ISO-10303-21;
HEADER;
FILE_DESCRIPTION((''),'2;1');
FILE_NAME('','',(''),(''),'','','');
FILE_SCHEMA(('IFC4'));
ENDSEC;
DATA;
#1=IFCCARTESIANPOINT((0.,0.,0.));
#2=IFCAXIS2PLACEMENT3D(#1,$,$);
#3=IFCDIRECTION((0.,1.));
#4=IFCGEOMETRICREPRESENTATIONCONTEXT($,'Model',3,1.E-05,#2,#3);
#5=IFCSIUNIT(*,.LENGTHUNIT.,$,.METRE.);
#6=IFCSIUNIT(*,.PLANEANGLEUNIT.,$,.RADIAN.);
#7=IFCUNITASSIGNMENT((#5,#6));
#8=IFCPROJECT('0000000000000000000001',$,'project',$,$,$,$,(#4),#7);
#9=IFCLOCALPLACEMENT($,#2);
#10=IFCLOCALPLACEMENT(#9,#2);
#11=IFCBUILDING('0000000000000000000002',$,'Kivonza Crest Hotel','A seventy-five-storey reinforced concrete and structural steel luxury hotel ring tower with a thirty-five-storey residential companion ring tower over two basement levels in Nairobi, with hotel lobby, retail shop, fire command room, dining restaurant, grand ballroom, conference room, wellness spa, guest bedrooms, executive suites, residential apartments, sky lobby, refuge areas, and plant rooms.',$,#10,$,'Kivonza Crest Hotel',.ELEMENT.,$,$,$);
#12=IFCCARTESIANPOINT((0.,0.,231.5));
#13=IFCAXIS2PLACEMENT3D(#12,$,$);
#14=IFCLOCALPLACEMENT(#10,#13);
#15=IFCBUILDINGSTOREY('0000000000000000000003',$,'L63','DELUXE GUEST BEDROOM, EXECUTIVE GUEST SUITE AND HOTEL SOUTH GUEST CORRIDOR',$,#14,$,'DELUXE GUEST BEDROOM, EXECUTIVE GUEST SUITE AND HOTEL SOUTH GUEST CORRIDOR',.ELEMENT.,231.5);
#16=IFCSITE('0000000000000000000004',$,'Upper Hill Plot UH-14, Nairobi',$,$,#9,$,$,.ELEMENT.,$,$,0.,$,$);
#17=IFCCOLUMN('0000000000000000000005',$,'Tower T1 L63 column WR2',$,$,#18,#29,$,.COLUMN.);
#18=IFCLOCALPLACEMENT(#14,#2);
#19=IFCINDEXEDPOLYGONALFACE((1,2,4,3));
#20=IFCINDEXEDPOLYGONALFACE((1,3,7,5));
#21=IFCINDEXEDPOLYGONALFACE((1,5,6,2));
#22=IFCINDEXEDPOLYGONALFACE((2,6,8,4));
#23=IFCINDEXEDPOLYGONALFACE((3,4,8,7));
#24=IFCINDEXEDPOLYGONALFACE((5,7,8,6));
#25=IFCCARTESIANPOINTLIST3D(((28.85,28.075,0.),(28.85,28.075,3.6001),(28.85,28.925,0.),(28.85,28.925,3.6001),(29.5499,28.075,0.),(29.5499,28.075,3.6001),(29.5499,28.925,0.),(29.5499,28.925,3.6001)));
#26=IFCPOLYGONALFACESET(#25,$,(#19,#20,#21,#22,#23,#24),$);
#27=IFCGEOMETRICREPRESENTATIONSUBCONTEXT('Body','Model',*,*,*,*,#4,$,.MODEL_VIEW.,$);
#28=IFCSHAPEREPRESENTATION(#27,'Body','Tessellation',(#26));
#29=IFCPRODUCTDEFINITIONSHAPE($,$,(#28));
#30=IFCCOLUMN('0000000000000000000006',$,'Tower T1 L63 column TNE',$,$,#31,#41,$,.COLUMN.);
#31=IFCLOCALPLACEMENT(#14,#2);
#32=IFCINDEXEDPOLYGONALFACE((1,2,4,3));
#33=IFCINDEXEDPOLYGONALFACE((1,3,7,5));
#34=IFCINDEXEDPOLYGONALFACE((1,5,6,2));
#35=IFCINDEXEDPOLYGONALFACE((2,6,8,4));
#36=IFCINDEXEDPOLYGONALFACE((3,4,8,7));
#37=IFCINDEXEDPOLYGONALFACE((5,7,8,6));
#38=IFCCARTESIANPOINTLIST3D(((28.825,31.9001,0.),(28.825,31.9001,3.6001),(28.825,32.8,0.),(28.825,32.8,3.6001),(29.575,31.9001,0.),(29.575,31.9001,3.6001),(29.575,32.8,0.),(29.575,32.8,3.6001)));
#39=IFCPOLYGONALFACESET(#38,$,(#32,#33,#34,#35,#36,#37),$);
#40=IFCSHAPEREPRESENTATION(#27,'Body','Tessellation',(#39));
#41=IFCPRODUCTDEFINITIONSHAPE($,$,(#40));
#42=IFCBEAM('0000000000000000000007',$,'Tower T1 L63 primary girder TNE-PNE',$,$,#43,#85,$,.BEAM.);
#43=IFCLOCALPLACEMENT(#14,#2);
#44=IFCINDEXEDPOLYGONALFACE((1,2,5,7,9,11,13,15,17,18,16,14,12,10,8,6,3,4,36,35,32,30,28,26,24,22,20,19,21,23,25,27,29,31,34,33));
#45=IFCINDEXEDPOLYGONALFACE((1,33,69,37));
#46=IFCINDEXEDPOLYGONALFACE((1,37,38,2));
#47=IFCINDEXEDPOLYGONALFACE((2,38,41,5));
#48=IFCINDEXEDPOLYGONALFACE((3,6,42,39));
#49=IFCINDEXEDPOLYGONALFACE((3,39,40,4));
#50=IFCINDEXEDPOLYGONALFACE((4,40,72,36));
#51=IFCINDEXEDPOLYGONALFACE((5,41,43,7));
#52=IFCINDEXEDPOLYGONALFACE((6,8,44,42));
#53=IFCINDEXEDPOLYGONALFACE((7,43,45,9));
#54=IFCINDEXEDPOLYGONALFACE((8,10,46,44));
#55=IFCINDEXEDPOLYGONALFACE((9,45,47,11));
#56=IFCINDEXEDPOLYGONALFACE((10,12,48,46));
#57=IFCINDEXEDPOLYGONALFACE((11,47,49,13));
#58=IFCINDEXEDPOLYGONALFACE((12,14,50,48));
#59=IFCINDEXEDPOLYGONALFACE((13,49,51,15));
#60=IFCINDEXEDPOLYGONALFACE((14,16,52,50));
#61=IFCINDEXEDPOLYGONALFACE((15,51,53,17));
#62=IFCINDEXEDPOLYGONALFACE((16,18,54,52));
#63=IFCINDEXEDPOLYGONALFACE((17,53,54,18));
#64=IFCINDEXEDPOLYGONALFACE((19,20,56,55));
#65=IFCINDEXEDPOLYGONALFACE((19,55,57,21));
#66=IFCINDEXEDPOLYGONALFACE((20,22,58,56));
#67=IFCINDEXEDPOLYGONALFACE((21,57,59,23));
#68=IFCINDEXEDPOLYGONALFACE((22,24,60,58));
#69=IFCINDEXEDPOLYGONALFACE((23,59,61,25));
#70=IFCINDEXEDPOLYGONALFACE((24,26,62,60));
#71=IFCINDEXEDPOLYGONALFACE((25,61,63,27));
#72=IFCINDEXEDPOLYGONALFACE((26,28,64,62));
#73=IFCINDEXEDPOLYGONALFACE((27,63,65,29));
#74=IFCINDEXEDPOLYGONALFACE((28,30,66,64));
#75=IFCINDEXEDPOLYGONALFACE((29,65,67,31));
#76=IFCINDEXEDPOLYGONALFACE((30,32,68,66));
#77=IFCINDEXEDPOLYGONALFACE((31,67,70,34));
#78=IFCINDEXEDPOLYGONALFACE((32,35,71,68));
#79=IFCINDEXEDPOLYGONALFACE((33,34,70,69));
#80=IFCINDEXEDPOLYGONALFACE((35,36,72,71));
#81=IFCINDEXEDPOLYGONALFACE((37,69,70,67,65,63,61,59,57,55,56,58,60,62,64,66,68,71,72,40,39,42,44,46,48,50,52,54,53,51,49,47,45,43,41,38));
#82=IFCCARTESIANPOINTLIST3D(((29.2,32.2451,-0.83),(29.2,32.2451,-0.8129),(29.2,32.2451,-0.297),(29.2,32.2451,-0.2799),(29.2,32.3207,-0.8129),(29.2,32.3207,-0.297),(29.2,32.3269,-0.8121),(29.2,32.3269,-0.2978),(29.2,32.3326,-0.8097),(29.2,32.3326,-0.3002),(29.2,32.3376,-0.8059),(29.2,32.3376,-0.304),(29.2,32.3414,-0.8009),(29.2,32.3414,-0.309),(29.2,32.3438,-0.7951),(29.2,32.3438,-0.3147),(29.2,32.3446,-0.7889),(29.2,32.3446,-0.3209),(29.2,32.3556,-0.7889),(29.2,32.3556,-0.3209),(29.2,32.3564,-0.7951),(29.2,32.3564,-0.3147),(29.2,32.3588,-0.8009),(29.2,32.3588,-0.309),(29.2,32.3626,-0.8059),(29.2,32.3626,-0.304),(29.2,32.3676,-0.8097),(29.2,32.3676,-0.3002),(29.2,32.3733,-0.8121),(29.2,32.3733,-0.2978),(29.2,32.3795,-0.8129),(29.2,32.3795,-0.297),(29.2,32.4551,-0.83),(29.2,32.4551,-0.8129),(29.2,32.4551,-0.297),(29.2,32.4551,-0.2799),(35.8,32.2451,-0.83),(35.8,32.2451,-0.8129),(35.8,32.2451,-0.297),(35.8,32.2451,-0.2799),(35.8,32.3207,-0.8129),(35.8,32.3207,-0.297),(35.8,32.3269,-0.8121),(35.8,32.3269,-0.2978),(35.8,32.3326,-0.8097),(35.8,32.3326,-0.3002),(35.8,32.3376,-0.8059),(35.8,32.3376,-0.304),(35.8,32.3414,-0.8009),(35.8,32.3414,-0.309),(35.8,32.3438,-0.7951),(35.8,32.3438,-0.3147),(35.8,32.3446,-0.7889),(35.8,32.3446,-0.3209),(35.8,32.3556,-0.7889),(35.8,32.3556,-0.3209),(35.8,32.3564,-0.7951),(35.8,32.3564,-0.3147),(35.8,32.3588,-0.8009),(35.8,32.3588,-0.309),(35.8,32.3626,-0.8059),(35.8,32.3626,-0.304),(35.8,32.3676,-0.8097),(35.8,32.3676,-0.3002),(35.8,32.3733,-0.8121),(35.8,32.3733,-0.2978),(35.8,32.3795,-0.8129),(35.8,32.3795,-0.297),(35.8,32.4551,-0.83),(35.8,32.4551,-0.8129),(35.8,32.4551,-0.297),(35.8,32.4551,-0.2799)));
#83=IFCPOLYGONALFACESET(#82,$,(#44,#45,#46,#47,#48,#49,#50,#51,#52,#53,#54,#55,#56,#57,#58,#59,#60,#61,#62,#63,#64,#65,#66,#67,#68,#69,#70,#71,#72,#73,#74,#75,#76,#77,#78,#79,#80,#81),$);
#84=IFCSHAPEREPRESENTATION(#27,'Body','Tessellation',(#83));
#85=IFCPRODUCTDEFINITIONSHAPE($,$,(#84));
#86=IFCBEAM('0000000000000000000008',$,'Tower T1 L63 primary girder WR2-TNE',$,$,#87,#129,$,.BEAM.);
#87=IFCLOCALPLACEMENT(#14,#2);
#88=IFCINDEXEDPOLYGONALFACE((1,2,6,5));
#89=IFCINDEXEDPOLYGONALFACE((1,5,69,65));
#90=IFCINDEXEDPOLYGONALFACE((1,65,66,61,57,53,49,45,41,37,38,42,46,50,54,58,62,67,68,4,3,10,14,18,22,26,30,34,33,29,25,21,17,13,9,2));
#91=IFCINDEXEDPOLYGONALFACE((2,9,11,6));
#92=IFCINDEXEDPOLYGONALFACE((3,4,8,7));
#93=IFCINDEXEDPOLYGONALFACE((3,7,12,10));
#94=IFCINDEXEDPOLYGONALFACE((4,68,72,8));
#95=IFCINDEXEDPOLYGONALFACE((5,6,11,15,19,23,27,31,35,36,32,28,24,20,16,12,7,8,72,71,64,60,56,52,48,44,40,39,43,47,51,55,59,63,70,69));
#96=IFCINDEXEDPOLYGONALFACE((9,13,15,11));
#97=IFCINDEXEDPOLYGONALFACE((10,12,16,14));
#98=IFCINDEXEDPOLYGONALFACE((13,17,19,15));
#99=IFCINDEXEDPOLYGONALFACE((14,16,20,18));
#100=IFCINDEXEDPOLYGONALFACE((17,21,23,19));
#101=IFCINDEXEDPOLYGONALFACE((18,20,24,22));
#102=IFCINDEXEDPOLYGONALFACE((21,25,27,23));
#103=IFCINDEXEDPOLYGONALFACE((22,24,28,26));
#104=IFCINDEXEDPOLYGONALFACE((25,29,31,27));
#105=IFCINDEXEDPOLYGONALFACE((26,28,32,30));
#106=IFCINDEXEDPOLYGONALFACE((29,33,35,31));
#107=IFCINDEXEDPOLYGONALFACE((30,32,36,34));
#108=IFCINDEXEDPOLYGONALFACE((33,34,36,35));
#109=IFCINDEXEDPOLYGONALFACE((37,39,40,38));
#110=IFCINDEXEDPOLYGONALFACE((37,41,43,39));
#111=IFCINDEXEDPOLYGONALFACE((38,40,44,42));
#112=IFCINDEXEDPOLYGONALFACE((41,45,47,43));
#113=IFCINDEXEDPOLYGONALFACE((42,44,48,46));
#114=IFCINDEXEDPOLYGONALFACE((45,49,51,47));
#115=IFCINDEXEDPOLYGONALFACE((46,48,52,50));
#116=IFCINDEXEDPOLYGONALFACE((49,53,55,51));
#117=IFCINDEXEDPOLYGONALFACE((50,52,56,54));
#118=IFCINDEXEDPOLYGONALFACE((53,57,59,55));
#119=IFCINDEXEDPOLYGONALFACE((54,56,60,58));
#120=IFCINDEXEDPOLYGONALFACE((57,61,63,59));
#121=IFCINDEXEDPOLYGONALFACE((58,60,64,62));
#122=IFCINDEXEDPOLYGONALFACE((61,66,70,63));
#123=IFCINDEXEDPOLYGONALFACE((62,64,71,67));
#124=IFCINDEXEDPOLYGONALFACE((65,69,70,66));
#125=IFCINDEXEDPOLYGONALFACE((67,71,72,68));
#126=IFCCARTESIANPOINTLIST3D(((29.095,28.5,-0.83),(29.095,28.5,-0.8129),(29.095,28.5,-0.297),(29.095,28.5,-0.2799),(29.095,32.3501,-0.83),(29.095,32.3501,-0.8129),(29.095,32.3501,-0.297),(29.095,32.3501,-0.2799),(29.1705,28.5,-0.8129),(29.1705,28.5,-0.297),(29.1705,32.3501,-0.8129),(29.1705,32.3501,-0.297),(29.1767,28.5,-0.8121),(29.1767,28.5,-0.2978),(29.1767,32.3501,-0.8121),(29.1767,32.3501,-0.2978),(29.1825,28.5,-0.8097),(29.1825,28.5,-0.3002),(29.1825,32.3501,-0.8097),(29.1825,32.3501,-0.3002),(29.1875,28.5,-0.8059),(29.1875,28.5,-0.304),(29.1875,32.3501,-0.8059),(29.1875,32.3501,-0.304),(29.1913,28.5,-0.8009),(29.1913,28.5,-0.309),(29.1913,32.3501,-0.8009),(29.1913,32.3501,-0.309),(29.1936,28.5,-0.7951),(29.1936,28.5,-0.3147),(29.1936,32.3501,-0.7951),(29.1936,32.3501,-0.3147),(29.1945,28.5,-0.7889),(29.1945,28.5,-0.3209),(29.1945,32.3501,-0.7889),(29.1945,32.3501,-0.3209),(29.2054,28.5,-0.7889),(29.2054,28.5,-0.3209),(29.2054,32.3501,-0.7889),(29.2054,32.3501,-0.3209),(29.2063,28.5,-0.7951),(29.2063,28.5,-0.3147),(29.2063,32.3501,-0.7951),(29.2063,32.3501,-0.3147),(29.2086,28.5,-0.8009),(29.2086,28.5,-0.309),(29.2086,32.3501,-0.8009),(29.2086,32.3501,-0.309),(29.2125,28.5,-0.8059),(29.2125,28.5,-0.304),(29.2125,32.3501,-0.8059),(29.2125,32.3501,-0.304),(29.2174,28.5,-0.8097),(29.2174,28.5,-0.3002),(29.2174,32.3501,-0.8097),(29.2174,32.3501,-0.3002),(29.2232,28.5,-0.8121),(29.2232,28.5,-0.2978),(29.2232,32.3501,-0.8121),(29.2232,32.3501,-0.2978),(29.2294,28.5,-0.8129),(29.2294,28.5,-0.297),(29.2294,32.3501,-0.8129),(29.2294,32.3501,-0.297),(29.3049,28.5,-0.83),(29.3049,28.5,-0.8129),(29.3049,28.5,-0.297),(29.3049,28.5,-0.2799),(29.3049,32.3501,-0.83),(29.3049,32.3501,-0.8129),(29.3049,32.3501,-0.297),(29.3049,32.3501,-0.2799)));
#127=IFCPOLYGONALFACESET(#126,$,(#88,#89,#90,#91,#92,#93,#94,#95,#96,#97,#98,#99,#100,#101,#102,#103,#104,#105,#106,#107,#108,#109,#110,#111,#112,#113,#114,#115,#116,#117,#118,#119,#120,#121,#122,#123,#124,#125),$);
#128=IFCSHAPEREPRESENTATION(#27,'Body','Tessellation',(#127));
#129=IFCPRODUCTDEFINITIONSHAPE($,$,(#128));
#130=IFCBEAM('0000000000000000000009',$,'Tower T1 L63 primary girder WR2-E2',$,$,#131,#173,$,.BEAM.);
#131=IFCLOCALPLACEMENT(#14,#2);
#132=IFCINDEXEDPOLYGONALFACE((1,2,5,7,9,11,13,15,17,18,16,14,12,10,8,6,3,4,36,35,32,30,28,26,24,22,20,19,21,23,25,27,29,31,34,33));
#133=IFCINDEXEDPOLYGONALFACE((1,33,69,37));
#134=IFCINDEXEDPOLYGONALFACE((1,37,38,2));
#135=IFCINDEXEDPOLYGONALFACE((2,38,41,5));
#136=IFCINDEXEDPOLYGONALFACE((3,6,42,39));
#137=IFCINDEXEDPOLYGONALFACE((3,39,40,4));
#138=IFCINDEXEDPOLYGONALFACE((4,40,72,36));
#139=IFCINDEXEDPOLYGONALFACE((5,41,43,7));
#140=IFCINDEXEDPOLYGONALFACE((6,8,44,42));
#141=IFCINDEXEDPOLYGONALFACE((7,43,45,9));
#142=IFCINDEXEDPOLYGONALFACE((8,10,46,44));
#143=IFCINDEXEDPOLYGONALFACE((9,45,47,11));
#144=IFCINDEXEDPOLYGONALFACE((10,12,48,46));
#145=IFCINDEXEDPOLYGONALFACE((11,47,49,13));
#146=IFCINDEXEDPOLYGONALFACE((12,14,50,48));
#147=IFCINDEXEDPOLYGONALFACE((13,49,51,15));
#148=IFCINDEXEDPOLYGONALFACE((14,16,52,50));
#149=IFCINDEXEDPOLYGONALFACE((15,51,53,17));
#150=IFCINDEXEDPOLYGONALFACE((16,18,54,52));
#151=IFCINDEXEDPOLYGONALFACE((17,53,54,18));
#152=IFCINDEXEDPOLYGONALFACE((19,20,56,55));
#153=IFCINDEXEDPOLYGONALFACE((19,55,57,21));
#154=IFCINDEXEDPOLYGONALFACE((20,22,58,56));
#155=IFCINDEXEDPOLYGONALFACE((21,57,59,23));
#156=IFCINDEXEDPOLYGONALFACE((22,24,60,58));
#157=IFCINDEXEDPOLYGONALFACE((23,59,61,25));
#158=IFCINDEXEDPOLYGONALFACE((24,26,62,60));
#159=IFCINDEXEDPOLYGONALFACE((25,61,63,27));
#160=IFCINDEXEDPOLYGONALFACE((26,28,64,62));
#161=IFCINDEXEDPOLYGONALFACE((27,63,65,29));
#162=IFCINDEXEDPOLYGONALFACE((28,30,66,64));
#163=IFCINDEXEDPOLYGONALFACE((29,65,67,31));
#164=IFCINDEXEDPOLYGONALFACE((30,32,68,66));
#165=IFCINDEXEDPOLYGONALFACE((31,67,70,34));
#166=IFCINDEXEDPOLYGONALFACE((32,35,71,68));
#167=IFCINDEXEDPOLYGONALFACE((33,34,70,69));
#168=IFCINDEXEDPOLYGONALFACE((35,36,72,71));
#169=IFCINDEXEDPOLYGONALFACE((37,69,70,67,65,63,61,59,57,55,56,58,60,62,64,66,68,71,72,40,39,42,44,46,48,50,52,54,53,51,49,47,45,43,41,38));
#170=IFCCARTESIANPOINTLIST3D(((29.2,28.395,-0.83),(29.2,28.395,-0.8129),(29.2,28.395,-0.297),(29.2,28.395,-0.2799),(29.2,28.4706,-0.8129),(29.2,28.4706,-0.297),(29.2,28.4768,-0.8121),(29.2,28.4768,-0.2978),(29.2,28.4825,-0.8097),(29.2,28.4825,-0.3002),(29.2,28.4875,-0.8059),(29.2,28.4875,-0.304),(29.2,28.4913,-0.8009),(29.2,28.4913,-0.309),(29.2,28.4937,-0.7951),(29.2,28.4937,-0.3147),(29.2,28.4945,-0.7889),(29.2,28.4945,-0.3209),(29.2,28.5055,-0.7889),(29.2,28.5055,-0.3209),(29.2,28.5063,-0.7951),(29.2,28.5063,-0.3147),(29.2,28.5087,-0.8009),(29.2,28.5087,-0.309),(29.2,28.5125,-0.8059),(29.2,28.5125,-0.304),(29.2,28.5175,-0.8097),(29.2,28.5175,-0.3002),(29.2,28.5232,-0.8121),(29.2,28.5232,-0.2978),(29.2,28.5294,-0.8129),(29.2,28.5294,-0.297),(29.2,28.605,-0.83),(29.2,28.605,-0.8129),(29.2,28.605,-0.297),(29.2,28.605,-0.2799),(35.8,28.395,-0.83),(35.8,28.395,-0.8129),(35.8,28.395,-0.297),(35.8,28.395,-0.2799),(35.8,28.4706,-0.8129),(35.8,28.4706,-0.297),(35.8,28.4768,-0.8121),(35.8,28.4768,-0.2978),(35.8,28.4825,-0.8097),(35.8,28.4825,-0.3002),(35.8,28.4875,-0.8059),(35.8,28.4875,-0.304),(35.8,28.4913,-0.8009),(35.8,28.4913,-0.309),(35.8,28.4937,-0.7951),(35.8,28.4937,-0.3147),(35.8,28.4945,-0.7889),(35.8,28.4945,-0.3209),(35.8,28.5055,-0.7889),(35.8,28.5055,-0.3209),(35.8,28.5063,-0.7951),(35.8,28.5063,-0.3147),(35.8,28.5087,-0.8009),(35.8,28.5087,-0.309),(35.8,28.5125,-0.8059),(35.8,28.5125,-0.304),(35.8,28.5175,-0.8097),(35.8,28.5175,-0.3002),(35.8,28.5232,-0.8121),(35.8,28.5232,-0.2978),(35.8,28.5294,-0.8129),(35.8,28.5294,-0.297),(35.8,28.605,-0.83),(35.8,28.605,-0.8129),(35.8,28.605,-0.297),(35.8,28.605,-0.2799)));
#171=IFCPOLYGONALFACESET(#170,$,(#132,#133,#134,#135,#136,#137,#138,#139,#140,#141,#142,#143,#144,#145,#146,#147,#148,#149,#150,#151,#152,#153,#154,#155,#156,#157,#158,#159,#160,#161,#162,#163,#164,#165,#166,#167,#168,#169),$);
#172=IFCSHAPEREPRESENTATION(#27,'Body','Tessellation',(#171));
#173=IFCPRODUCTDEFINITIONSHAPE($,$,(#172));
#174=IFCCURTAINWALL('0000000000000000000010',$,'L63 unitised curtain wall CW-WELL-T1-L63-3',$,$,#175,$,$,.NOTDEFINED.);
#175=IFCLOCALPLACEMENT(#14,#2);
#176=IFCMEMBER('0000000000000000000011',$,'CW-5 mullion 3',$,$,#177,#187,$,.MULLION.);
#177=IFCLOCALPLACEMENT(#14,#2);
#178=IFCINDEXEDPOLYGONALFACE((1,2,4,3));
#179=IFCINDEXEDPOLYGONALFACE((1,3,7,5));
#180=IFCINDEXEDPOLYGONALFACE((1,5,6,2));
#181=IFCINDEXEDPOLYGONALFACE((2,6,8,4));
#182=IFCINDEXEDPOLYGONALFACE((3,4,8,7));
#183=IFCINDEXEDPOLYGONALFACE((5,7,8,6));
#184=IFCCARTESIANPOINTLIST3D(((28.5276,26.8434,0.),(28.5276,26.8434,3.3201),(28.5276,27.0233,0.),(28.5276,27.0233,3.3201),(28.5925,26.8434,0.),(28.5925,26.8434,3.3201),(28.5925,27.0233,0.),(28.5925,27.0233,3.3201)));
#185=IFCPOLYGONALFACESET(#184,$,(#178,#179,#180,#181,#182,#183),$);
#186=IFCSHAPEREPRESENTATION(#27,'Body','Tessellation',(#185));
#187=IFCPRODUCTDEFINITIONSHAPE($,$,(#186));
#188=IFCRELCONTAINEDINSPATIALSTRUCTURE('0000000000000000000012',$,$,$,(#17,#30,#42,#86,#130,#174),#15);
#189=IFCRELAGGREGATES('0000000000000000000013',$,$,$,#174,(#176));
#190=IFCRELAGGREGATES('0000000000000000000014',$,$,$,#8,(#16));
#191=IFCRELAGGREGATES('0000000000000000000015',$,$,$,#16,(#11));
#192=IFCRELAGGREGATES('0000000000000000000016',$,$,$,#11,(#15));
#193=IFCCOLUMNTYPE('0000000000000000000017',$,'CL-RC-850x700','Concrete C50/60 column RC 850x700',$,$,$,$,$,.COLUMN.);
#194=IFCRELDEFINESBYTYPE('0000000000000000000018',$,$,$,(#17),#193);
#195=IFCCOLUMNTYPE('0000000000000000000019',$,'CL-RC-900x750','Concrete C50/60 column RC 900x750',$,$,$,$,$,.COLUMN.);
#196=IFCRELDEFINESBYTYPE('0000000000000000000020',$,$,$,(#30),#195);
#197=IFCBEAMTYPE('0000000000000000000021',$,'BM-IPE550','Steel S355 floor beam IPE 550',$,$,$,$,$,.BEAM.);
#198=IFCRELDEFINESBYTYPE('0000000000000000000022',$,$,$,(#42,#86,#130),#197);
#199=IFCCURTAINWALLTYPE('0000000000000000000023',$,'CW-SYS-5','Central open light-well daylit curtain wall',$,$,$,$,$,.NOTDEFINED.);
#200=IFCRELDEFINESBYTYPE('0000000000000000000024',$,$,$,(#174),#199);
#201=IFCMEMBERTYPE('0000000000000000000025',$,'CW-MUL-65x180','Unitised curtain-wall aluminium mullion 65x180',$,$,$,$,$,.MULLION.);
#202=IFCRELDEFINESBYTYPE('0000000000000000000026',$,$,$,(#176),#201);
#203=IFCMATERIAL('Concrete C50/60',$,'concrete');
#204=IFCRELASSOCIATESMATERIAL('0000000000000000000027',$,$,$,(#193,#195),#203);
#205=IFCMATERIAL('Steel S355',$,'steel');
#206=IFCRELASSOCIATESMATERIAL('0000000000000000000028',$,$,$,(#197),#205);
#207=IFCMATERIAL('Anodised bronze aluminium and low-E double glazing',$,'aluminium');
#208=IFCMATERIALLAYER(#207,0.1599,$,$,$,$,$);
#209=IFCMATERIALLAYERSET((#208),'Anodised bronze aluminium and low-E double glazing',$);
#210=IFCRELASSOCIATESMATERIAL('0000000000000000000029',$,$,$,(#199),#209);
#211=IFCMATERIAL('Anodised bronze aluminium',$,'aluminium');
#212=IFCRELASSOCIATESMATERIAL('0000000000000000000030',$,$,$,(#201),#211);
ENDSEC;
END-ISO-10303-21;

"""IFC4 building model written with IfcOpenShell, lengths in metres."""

from ifc_helpers import new_model, si_unit, direction, frame, origin, origin_2d, place, context, subcontext, project, spatial, rectangle, i_section, extrude, material, layer, layer_set, material_profile, profile_set, type_object, element, aggregate, save


model = new_model("IFC4")

# Units and contexts
model_context = context("Model", 3, precision=1e-05, world=origin(), true_north=direction((0.0, 1.0)))
body_context = subcontext(model_context, "Body", "Model", "MODEL_VIEW")
ifc_project = project(units=[si_unit("LENGTHUNIT", "METRE"), si_unit("PLANEANGLEUNIT", "RADIAN")], contexts=[model_context])

# Site, building, storey
site_placement = place(None, origin())
site = spatial("IfcSite", under=ifc_project, at=site_placement, Name="Upper Hill Plot UH-14, Nairobi", CompositionType="ELEMENT", RefElevation=0.0)
building_placement = place(site_placement, origin())
building = spatial("IfcBuilding", under=site, at=building_placement, Name="Kivonza Crest Hotel", Description="A seventy-five-storey reinforced concrete and structural steel luxury hotel ring tower with a thirty-five-storey residential companion ring tower over two basement levels in Nairobi, with hotel lobby, retail shop, fire command room, dining restaurant, grand ballroom, conference room, wellness spa, guest bedrooms, executive suites, residential apartments, sky lobby, refuge areas, and plant rooms.", LongName="Kivonza Crest Hotel", CompositionType="ELEMENT")
storey_placement = place(building_placement, frame((0.0, 0.0, 231.5)))
storey = spatial("IfcBuildingStorey", under=building, at=storey_placement, Name="L63", Description="DELUXE GUEST BEDROOM, EXECUTIVE GUEST SUITE AND HOTEL SOUTH GUEST CORRIDOR", LongName="DELUXE GUEST BEDROOM, EXECUTIVE GUEST SUITE AND HOTEL SOUTH GUEST CORRIDOR", CompositionType="ELEMENT", Elevation=231.5)

# Columns
ifc_material_1 = material(Name="Concrete C50/60", Category="concrete")
ifc_material_profile_1 = material_profile(ifc_material_1, rectangle(XDim=0.7, YDim=0.8501, at=origin_2d()), Name="RC 850x700")
ifc_profile_set_1 = profile_set([ifc_material_profile_1], Name="Concrete C50/60")
column_type_1 = type_object("IfcColumnType", Name="CL-RC-850x700", Description="Concrete C50/60 column RC 850x700", PredefinedType="COLUMN", material=ifc_profile_set_1)
column_1_placement = place(storey_placement, frame((29.2, 28.5, 0.0), z_axis=(0.0, 0.0, 1.0), x_axis=(1.0, 0.0, 0.0)))
element("IfcColumn", 1, at=column_1_placement, inside=storey, type_object=column_type_1, Name="Tower T1 L63 column WR2", PredefinedType="COLUMN", context=body_context, shape_type="SweptSolid", body=[
    extrude(rectangle(XDim=0.7, YDim=0.8501, at=origin_2d()), origin(), (0.0, 0.0, 1.0), 3.6001),
])
ifc_material_profile_2 = material_profile(ifc_material_1, rectangle(XDim=0.75, YDim=0.8999, at=origin_2d()), Name="RC 900x750")
ifc_profile_set_2 = profile_set([ifc_material_profile_2], Name="Concrete C50/60")
column_type_2 = type_object("IfcColumnType", Name="CL-RC-900x750", Description="Concrete C50/60 column RC 900x750", PredefinedType="COLUMN", material=ifc_profile_set_2)
column_2_placement = place(storey_placement, frame((29.2, 32.3501, 0.0), z_axis=(0.0, 0.0, 1.0), x_axis=(1.0, 0.0, 0.0)))
element("IfcColumn", 2, at=column_2_placement, inside=storey, type_object=column_type_2, Name="Tower T1 L63 column TNE", PredefinedType="COLUMN", context=body_context, shape_type="SweptSolid", body=[
    extrude(rectangle(XDim=0.75, YDim=0.8999, at=origin_2d()), origin(), (0.0, 0.0, 1.0), 3.6001),
])

# Beams
ifc_material_2 = material(Name="Steel S355", Category="steel")
ifc_material_profile_3 = material_profile(ifc_material_2, i_section(OverallWidth=0.21, OverallDepth=0.55, WebThickness=0.011, FlangeThickness=0.0171, FilletRadius=0.0239, at=origin_2d()), Name="IPE 550")
ifc_profile_set_3 = profile_set([ifc_material_profile_3], Name="Steel S355")
beam_type = type_object("IfcBeamType", Name="BM-IPE550", Description="Steel S355 floor beam IPE 550", PredefinedType="BEAM", material=ifc_profile_set_3)
beam_1_placement = place(storey_placement, frame((29.2, 32.3501, -0.5549), z_axis=(1.0, 0.0, 0.0), x_axis=(0.0, 1.0, 0.0)))
element("IfcBeam", 3, at=beam_1_placement, inside=storey, type_object=beam_type, Name="Tower T1 L63 primary girder TNE-PNE", PredefinedType="BEAM", context=body_context, shape_type="SweptSolid", body=[
    extrude(i_section(OverallWidth=0.21, OverallDepth=0.55, WebThickness=0.011, FlangeThickness=0.0171, FilletRadius=0.0239, at=origin_2d()), origin(), (0.0, 0.0, 1.0), 6.6001),
])
beam_2_placement = place(storey_placement, frame((29.2, 28.5, -0.5549), z_axis=(0.0, 1.0, 0.0), x_axis=(-1.0, 0.0, 0.0)))
element("IfcBeam", 4, at=beam_2_placement, inside=storey, type_object=beam_type, Name="Tower T1 L63 primary girder WR2-TNE", PredefinedType="BEAM", context=body_context, shape_type="SweptSolid", body=[
    extrude(i_section(OverallWidth=0.21, OverallDepth=0.55, WebThickness=0.011, FlangeThickness=0.0171, FilletRadius=0.0239, at=origin_2d()), origin(), (0.0, 0.0, 1.0), 3.8501),
])
beam_3_placement = place(storey_placement, frame((29.2, 28.5, -0.5549), z_axis=(1.0, 0.0, 0.0), x_axis=(0.0, 1.0, 0.0)))
element("IfcBeam", 5, at=beam_3_placement, inside=storey, type_object=beam_type, Name="Tower T1 L63 primary girder WR2-E2", PredefinedType="BEAM", context=body_context, shape_type="SweptSolid", body=[
    extrude(i_section(OverallWidth=0.21, OverallDepth=0.55, WebThickness=0.011, FlangeThickness=0.0171, FilletRadius=0.0239, at=origin_2d()), origin(), (0.0, 0.0, 1.0), 6.6001),
])

# Curtain wall, member
ifc_material_3 = material(Name="Anodised bronze aluminium and low-E double glazing", Category="aluminium")
ifc_layer_1 = layer(ifc_material_3, 0.1599)
ifc_layer_set_1 = layer_set([ifc_layer_1], Name="Anodised bronze aluminium and low-E double glazing")
curtain_wall_type = type_object("IfcCurtainWallType", Name="CW-SYS-5", Description="Central open light-well daylit curtain wall", PredefinedType="NOTDEFINED", material=ifc_layer_set_1)
curtain_wall_placement = place(storey_placement, origin())
curtain_wall = element("IfcCurtainWall", 6, at=curtain_wall_placement, inside=storey, type_object=curtain_wall_type, Name="L63 unitised curtain wall CW-WELL-T1-L63-3", PredefinedType="NOTDEFINED")
ifc_material_4 = material(Name="Anodised bronze aluminium", Category="aluminium")
ifc_material_profile_4 = material_profile(ifc_material_4, rectangle(XDim=0.0649, YDim=0.1799, at=origin_2d()), Name="CW-M 65x180")
ifc_profile_set_4 = profile_set([ifc_material_profile_4], Name="Anodised bronze aluminium")
member_type_1 = type_object("IfcMemberType", Name="CW-MUL-65x180", Description="Unitised curtain-wall aluminium mullion 65x180", PredefinedType="MULLION", material=ifc_profile_set_4)
member_1_placement = place(storey_placement, frame((28.5601, 26.9333, 0.0), z_axis=(0.0, 0.0, 1.0), x_axis=(-1.0, 0.0, 0.0)))
member_1 = element("IfcMember", 7, at=member_1_placement, type_object=member_type_1, Name="CW-5 mullion 3", PredefinedType="MULLION", context=body_context, shape_type="SweptSolid", body=[
    extrude(rectangle(XDim=0.0649, YDim=0.1799, at=origin_2d()), origin(), (0.0, 0.0, 1.0), 3.3201),
])
aggregate(curtain_wall, [member_1])

save(model, "model.ifc")
